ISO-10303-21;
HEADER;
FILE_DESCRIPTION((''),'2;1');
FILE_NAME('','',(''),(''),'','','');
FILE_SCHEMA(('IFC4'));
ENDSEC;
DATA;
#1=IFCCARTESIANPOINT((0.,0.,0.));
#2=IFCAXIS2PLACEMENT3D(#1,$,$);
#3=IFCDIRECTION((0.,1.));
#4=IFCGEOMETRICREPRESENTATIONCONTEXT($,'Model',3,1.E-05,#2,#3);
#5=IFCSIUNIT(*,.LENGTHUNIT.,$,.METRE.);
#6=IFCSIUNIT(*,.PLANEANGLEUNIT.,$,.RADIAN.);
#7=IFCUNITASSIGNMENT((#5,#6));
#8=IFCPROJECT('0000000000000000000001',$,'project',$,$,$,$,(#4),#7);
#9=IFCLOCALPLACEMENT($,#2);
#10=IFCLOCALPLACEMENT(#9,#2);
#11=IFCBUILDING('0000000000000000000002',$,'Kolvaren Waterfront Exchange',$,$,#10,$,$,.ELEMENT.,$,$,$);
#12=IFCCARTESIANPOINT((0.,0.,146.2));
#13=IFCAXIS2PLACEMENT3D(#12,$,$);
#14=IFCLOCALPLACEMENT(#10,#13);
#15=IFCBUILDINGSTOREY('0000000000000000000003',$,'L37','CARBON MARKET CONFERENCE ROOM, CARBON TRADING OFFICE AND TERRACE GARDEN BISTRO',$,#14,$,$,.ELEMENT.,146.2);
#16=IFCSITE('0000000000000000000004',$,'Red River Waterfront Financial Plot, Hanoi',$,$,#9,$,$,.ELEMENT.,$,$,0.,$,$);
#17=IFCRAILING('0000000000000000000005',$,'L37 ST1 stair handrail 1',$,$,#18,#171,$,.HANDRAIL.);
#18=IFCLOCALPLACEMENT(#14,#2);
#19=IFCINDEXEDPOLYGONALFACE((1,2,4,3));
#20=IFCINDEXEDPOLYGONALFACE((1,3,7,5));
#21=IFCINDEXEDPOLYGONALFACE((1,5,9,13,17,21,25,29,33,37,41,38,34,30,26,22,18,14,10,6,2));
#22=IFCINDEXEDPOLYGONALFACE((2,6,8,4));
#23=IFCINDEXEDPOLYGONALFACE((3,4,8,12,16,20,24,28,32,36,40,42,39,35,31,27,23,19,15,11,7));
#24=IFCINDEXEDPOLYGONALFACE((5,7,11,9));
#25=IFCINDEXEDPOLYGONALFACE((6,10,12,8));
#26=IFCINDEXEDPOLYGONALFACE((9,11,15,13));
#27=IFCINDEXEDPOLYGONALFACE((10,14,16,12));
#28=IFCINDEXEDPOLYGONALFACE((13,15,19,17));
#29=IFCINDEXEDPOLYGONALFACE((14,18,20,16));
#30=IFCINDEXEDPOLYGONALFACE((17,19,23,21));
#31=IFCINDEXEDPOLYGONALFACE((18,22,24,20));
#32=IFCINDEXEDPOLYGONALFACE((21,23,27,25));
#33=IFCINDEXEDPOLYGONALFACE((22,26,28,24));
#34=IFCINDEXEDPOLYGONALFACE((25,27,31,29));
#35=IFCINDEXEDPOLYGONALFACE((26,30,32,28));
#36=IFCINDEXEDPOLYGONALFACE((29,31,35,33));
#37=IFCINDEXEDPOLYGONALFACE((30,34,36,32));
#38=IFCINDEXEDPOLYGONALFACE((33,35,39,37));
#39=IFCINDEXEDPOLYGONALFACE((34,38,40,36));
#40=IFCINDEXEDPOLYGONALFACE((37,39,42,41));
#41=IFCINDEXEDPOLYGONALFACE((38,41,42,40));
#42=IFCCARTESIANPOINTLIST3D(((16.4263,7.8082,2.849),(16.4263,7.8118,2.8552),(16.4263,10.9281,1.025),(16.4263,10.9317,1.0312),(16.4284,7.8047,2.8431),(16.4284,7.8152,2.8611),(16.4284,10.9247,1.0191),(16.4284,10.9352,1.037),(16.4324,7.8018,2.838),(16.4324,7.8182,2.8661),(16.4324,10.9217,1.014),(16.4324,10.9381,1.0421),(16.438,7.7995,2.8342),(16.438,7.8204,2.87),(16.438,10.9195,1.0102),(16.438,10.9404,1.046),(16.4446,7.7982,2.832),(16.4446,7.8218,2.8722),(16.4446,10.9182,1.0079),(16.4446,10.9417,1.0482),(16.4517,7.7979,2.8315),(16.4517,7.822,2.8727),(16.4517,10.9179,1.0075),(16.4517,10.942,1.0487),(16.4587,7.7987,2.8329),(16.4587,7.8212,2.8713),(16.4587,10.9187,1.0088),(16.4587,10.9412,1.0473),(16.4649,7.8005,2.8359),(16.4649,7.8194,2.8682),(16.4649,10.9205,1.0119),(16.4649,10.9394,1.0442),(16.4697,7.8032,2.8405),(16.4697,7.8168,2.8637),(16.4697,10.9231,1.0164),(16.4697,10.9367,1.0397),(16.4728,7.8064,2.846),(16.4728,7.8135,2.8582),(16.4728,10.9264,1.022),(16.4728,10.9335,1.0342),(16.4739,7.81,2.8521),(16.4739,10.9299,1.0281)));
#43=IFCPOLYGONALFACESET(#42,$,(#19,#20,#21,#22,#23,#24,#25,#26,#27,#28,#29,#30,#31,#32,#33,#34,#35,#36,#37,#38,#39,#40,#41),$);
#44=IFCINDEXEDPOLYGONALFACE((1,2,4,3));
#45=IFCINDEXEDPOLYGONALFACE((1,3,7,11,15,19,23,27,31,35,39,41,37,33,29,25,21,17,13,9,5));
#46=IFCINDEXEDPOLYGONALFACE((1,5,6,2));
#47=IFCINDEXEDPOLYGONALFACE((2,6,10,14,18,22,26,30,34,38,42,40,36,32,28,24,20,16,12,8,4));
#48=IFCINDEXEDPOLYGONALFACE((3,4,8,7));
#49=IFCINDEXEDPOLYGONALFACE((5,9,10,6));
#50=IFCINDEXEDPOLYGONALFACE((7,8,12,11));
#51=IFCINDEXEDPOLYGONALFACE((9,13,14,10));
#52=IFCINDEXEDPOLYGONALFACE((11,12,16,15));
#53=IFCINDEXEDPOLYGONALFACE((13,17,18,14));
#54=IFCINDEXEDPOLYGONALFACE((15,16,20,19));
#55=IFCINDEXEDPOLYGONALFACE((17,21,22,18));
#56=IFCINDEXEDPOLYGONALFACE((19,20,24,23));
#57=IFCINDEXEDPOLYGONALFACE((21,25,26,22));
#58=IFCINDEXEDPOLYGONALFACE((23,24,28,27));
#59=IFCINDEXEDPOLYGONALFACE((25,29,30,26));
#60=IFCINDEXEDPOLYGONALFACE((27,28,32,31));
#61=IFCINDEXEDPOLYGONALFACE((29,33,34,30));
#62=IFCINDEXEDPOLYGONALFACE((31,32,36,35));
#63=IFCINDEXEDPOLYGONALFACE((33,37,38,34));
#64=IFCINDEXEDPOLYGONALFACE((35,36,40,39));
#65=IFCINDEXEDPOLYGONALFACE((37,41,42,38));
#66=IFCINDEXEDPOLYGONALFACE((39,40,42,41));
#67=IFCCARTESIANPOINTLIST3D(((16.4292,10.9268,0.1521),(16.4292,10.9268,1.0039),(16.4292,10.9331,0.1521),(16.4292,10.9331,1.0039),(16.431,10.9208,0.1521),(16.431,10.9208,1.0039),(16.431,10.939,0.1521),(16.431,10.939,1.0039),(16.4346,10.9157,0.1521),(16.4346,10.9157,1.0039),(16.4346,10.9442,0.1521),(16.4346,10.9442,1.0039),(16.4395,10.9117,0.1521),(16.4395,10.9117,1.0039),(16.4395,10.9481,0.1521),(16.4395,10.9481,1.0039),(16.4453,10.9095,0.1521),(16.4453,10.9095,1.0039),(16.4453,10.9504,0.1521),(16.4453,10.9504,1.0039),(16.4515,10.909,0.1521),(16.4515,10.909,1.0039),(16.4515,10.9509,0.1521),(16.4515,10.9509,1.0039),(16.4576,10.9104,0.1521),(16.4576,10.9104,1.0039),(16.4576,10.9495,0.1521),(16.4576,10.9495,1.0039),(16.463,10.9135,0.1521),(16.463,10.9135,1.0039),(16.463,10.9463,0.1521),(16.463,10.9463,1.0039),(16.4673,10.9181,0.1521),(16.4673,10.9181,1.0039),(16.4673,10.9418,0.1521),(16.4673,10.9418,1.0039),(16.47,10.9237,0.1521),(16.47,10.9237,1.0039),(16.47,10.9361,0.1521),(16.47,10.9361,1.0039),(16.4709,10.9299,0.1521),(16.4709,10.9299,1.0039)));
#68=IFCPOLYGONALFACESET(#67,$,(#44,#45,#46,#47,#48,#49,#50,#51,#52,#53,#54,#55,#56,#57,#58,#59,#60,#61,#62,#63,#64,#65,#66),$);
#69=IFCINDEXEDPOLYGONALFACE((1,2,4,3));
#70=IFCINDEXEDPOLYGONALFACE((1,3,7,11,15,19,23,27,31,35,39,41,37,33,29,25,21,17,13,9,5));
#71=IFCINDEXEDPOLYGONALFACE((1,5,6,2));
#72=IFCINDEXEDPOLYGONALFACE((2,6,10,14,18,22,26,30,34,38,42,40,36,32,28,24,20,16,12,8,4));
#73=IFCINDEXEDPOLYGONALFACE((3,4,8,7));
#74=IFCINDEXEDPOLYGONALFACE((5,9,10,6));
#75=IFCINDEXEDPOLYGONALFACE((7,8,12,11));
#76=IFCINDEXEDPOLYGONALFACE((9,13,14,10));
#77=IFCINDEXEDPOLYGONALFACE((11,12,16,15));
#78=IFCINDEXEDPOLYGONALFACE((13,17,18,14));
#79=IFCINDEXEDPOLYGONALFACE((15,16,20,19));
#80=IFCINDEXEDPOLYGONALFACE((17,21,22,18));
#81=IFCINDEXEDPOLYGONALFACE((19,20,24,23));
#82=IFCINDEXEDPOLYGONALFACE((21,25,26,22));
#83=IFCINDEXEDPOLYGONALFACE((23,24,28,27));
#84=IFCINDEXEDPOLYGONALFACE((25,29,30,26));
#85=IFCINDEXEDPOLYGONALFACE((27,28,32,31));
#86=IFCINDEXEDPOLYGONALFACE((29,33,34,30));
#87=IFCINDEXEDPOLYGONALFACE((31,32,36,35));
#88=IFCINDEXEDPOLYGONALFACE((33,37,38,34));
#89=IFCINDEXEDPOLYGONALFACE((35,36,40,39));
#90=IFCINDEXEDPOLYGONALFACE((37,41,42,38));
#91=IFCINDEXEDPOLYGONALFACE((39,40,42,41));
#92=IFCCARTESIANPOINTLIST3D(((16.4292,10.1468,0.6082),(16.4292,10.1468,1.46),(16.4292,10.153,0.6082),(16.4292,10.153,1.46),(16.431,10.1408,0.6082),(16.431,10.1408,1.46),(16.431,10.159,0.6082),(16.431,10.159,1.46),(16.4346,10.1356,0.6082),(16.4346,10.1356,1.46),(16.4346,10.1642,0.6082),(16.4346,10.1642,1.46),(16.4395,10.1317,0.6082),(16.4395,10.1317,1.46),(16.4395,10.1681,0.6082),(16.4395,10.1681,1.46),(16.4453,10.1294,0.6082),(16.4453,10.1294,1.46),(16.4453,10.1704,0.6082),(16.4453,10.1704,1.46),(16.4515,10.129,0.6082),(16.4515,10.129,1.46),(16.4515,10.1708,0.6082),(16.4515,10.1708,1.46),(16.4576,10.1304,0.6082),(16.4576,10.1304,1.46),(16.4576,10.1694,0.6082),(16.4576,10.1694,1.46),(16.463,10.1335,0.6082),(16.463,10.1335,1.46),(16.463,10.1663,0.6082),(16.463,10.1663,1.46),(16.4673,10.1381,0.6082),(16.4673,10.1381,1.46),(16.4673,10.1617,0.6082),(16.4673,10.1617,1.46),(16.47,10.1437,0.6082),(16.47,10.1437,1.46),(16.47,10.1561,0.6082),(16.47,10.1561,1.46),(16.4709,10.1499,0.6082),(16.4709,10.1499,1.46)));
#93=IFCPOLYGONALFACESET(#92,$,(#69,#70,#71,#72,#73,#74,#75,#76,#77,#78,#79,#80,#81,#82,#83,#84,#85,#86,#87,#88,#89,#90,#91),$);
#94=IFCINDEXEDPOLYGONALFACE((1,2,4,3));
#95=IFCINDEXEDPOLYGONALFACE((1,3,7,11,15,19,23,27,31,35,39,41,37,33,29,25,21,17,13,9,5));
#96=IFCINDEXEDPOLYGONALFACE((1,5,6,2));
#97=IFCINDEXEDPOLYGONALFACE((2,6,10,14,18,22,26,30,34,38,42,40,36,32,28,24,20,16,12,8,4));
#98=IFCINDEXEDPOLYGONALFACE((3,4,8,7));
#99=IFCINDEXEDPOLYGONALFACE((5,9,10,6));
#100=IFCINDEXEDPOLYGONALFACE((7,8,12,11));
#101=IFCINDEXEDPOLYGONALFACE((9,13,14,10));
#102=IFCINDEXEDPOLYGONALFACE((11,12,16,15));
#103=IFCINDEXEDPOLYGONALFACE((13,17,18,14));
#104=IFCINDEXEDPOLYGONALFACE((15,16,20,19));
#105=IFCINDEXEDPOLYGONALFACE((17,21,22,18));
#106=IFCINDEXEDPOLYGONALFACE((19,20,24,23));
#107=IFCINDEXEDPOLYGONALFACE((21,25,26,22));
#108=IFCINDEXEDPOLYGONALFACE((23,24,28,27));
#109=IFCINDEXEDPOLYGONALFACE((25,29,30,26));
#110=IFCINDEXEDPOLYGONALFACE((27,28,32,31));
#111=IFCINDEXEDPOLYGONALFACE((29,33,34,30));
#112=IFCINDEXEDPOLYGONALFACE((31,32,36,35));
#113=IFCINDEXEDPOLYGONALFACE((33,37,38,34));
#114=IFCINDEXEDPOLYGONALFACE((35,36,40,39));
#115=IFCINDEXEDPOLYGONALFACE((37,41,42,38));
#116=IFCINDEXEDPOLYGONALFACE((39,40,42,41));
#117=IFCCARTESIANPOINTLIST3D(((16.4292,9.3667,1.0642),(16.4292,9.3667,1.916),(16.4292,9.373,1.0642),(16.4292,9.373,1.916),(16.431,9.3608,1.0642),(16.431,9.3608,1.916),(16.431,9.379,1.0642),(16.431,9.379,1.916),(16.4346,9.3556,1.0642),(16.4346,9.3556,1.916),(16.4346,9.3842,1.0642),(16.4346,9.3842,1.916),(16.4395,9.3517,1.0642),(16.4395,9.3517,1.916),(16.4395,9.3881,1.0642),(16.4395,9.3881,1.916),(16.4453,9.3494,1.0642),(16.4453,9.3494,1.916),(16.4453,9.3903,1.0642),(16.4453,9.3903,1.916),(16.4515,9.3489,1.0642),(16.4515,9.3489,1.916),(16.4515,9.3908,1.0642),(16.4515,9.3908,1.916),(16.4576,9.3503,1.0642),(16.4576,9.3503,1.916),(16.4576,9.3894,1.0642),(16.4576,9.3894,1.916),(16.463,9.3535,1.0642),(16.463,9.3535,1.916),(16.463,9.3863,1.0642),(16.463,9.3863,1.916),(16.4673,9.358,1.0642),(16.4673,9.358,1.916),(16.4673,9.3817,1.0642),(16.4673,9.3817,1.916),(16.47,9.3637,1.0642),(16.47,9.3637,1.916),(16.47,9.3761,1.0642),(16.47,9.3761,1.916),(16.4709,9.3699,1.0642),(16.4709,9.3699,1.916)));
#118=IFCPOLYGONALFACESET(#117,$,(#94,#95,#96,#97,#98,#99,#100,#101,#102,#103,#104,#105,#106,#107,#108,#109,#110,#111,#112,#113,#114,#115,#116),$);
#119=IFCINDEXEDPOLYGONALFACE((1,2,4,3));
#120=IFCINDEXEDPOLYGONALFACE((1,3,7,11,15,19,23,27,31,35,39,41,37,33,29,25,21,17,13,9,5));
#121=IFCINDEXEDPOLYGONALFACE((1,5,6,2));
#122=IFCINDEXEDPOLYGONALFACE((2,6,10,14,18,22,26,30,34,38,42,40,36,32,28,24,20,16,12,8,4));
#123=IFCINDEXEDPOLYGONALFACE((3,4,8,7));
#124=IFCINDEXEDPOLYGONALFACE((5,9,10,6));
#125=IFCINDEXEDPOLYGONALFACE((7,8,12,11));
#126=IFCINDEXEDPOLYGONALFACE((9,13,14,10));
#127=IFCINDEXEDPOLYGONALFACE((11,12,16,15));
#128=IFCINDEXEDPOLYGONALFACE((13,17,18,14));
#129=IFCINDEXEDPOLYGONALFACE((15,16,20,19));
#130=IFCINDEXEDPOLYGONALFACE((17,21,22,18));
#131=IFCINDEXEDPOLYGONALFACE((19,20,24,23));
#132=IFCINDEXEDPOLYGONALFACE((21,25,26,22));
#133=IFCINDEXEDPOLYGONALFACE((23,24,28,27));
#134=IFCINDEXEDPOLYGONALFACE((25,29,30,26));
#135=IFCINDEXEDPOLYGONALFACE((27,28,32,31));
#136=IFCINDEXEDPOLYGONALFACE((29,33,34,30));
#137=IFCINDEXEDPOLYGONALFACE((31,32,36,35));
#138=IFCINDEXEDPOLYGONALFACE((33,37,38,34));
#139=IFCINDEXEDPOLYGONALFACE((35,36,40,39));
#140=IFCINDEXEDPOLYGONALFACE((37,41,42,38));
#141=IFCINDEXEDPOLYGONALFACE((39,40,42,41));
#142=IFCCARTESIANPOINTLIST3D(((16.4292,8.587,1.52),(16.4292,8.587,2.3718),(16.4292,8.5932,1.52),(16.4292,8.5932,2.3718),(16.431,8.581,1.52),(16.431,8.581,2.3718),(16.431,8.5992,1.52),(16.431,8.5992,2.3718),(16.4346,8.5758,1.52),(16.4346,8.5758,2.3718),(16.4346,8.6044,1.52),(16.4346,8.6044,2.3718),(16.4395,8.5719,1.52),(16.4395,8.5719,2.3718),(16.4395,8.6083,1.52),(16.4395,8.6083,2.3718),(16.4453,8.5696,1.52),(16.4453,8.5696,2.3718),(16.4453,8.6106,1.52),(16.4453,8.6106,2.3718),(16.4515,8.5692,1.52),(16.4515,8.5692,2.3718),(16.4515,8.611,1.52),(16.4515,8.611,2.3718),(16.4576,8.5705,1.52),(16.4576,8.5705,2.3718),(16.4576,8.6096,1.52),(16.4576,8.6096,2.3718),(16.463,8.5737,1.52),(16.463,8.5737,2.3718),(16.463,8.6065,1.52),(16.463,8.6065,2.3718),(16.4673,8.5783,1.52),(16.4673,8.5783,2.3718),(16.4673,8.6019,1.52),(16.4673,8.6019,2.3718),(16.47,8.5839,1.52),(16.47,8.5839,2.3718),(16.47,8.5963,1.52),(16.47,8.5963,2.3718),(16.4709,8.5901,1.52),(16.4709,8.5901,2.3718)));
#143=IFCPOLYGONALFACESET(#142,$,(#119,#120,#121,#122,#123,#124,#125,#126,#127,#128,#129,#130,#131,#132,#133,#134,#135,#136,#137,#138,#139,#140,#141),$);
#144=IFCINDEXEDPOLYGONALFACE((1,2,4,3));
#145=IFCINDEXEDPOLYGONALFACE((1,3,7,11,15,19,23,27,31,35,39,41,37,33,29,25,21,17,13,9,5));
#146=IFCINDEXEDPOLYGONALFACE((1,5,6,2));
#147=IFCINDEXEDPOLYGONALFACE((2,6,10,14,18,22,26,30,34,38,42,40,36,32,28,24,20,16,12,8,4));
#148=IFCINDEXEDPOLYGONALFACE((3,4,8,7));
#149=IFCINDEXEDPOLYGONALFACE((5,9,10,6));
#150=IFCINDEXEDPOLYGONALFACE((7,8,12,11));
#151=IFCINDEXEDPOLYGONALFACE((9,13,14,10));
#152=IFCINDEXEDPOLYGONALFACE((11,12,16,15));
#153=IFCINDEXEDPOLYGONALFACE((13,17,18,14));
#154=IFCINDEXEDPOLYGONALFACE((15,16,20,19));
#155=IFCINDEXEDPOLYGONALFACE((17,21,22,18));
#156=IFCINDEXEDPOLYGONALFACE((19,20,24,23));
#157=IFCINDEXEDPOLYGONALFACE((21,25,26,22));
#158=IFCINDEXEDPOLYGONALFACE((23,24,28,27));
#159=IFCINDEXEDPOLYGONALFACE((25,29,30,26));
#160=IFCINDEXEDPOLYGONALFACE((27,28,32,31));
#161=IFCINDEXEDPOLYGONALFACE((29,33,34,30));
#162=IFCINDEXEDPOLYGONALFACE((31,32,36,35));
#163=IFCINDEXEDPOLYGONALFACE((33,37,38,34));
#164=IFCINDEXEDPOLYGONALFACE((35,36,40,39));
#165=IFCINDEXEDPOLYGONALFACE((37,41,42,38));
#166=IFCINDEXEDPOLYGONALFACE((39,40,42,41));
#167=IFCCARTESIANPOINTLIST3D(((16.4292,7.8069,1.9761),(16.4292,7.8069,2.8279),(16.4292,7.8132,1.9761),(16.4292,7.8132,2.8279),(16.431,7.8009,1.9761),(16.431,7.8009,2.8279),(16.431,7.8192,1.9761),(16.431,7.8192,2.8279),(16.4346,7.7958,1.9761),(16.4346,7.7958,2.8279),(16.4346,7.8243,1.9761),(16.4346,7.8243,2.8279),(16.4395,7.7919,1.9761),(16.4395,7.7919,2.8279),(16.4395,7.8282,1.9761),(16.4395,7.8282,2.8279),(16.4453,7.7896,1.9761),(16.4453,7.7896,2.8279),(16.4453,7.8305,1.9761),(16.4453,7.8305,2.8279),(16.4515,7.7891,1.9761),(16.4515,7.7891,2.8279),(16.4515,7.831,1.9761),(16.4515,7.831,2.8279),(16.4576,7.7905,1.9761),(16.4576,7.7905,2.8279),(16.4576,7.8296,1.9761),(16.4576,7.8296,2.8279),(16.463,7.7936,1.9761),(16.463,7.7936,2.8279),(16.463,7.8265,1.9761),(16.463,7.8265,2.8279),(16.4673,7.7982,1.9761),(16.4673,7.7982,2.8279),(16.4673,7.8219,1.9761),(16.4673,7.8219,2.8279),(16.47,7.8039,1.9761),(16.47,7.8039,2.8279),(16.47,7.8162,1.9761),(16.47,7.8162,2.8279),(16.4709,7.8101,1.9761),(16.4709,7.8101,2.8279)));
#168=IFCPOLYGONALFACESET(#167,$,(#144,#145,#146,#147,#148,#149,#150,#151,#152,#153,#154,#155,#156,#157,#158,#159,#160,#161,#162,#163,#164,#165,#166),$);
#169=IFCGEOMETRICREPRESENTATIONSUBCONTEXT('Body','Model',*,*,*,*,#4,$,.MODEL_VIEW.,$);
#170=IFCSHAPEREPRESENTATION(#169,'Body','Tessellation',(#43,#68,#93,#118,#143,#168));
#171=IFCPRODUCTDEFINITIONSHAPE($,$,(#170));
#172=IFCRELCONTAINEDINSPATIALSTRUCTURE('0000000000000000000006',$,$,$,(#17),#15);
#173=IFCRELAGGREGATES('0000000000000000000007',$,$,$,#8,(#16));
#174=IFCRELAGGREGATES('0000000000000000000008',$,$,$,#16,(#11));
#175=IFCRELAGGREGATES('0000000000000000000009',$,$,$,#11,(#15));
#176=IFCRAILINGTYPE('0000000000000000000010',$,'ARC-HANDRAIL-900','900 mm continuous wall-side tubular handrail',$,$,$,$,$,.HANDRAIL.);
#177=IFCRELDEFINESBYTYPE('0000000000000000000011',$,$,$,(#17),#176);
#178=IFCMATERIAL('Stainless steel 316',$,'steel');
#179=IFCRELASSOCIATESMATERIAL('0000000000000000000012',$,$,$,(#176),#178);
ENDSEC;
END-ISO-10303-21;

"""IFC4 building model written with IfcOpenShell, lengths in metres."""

from ifc_helpers import new_model, si_unit, direction, frame, origin, origin_2d, place, context, subcontext, project, spatial, circle, extrude, material, type_object, element, save


model = new_model("IFC4")

# Units and contexts
model_context = context("Model", 3, precision=1e-05, world=origin(), true_north=direction((0.0, 1.0)))
body_context = subcontext(model_context, "Body", "Model", "MODEL_VIEW")
ifc_project = project(units=[si_unit("LENGTHUNIT", "METRE"), si_unit("PLANEANGLEUNIT", "RADIAN")], contexts=[model_context])

# Site, building, storey
site_placement = place(None, origin())
site = spatial("IfcSite", under=ifc_project, at=site_placement, Name="Red River Waterfront Financial Plot, Hanoi", CompositionType="ELEMENT", RefElevation=0.0)
building_placement = place(site_placement, origin())
building = spatial("IfcBuilding", under=site, at=building_placement, Name="Kolvaren Waterfront Exchange", CompositionType="ELEMENT")
storey_placement = place(building_placement, frame((0.0, 0.0, 146.2)))
storey = spatial("IfcBuildingStorey", under=building, at=storey_placement, Name="L37", Description="CARBON MARKET CONFERENCE ROOM, CARBON TRADING OFFICE AND TERRACE GARDEN BISTRO", CompositionType="ELEMENT", Elevation=146.2)

# Railing
ifc_material_1 = material(Name="Stainless steel 316", Category="steel")
railing_type_1 = type_object("IfcRailingType", Name="ARC-HANDRAIL-900", Description="900 mm continuous wall-side tubular handrail", PredefinedType="HANDRAIL", material=ifc_material_1)
railing_1_placement = place(storey_placement, frame((16.45, 10.9299, 0.1521)))
element("IfcRailing", 1, at=railing_1_placement, inside=storey, type_object=railing_type_1, Name="L37 ST1 stair handrail 1", PredefinedType="HANDRAIL", context=body_context, shape_type="SweptSolid", body=[
    extrude(circle(Radius=0.0239, at=origin_2d()), frame((0.0, 0.0, 0.876), z_axis=(0.0, -0.863291, 0.504707), x_axis=(1.0, 0.0, 0.0)), (0.0, 0.0, 1.0), 3.614),
    extrude(circle(Radius=0.021, at=origin_2d()), origin(), (0.0, 0.0, 1.0), 0.8518),
    extrude(circle(Radius=0.021, at=origin_2d()), frame((0.0, -0.78, 0.4561)), (0.0, 0.0, 1.0), 0.8518),
    extrude(circle(Radius=0.021, at=origin_2d()), frame((0.0, -1.5601, 0.9121)), (0.0, 0.0, 1.0), 0.8518),
    extrude(circle(Radius=0.021, at=origin_2d()), frame((0.0, -2.3398, 1.3679)), (0.0, 0.0, 1.0), 0.8518),
    extrude(circle(Radius=0.021, at=origin_2d()), frame((0.0, -3.1199, 1.824)), (0.0, 0.0, 1.0), 0.8518),
])

save(model, "model.ifc")
